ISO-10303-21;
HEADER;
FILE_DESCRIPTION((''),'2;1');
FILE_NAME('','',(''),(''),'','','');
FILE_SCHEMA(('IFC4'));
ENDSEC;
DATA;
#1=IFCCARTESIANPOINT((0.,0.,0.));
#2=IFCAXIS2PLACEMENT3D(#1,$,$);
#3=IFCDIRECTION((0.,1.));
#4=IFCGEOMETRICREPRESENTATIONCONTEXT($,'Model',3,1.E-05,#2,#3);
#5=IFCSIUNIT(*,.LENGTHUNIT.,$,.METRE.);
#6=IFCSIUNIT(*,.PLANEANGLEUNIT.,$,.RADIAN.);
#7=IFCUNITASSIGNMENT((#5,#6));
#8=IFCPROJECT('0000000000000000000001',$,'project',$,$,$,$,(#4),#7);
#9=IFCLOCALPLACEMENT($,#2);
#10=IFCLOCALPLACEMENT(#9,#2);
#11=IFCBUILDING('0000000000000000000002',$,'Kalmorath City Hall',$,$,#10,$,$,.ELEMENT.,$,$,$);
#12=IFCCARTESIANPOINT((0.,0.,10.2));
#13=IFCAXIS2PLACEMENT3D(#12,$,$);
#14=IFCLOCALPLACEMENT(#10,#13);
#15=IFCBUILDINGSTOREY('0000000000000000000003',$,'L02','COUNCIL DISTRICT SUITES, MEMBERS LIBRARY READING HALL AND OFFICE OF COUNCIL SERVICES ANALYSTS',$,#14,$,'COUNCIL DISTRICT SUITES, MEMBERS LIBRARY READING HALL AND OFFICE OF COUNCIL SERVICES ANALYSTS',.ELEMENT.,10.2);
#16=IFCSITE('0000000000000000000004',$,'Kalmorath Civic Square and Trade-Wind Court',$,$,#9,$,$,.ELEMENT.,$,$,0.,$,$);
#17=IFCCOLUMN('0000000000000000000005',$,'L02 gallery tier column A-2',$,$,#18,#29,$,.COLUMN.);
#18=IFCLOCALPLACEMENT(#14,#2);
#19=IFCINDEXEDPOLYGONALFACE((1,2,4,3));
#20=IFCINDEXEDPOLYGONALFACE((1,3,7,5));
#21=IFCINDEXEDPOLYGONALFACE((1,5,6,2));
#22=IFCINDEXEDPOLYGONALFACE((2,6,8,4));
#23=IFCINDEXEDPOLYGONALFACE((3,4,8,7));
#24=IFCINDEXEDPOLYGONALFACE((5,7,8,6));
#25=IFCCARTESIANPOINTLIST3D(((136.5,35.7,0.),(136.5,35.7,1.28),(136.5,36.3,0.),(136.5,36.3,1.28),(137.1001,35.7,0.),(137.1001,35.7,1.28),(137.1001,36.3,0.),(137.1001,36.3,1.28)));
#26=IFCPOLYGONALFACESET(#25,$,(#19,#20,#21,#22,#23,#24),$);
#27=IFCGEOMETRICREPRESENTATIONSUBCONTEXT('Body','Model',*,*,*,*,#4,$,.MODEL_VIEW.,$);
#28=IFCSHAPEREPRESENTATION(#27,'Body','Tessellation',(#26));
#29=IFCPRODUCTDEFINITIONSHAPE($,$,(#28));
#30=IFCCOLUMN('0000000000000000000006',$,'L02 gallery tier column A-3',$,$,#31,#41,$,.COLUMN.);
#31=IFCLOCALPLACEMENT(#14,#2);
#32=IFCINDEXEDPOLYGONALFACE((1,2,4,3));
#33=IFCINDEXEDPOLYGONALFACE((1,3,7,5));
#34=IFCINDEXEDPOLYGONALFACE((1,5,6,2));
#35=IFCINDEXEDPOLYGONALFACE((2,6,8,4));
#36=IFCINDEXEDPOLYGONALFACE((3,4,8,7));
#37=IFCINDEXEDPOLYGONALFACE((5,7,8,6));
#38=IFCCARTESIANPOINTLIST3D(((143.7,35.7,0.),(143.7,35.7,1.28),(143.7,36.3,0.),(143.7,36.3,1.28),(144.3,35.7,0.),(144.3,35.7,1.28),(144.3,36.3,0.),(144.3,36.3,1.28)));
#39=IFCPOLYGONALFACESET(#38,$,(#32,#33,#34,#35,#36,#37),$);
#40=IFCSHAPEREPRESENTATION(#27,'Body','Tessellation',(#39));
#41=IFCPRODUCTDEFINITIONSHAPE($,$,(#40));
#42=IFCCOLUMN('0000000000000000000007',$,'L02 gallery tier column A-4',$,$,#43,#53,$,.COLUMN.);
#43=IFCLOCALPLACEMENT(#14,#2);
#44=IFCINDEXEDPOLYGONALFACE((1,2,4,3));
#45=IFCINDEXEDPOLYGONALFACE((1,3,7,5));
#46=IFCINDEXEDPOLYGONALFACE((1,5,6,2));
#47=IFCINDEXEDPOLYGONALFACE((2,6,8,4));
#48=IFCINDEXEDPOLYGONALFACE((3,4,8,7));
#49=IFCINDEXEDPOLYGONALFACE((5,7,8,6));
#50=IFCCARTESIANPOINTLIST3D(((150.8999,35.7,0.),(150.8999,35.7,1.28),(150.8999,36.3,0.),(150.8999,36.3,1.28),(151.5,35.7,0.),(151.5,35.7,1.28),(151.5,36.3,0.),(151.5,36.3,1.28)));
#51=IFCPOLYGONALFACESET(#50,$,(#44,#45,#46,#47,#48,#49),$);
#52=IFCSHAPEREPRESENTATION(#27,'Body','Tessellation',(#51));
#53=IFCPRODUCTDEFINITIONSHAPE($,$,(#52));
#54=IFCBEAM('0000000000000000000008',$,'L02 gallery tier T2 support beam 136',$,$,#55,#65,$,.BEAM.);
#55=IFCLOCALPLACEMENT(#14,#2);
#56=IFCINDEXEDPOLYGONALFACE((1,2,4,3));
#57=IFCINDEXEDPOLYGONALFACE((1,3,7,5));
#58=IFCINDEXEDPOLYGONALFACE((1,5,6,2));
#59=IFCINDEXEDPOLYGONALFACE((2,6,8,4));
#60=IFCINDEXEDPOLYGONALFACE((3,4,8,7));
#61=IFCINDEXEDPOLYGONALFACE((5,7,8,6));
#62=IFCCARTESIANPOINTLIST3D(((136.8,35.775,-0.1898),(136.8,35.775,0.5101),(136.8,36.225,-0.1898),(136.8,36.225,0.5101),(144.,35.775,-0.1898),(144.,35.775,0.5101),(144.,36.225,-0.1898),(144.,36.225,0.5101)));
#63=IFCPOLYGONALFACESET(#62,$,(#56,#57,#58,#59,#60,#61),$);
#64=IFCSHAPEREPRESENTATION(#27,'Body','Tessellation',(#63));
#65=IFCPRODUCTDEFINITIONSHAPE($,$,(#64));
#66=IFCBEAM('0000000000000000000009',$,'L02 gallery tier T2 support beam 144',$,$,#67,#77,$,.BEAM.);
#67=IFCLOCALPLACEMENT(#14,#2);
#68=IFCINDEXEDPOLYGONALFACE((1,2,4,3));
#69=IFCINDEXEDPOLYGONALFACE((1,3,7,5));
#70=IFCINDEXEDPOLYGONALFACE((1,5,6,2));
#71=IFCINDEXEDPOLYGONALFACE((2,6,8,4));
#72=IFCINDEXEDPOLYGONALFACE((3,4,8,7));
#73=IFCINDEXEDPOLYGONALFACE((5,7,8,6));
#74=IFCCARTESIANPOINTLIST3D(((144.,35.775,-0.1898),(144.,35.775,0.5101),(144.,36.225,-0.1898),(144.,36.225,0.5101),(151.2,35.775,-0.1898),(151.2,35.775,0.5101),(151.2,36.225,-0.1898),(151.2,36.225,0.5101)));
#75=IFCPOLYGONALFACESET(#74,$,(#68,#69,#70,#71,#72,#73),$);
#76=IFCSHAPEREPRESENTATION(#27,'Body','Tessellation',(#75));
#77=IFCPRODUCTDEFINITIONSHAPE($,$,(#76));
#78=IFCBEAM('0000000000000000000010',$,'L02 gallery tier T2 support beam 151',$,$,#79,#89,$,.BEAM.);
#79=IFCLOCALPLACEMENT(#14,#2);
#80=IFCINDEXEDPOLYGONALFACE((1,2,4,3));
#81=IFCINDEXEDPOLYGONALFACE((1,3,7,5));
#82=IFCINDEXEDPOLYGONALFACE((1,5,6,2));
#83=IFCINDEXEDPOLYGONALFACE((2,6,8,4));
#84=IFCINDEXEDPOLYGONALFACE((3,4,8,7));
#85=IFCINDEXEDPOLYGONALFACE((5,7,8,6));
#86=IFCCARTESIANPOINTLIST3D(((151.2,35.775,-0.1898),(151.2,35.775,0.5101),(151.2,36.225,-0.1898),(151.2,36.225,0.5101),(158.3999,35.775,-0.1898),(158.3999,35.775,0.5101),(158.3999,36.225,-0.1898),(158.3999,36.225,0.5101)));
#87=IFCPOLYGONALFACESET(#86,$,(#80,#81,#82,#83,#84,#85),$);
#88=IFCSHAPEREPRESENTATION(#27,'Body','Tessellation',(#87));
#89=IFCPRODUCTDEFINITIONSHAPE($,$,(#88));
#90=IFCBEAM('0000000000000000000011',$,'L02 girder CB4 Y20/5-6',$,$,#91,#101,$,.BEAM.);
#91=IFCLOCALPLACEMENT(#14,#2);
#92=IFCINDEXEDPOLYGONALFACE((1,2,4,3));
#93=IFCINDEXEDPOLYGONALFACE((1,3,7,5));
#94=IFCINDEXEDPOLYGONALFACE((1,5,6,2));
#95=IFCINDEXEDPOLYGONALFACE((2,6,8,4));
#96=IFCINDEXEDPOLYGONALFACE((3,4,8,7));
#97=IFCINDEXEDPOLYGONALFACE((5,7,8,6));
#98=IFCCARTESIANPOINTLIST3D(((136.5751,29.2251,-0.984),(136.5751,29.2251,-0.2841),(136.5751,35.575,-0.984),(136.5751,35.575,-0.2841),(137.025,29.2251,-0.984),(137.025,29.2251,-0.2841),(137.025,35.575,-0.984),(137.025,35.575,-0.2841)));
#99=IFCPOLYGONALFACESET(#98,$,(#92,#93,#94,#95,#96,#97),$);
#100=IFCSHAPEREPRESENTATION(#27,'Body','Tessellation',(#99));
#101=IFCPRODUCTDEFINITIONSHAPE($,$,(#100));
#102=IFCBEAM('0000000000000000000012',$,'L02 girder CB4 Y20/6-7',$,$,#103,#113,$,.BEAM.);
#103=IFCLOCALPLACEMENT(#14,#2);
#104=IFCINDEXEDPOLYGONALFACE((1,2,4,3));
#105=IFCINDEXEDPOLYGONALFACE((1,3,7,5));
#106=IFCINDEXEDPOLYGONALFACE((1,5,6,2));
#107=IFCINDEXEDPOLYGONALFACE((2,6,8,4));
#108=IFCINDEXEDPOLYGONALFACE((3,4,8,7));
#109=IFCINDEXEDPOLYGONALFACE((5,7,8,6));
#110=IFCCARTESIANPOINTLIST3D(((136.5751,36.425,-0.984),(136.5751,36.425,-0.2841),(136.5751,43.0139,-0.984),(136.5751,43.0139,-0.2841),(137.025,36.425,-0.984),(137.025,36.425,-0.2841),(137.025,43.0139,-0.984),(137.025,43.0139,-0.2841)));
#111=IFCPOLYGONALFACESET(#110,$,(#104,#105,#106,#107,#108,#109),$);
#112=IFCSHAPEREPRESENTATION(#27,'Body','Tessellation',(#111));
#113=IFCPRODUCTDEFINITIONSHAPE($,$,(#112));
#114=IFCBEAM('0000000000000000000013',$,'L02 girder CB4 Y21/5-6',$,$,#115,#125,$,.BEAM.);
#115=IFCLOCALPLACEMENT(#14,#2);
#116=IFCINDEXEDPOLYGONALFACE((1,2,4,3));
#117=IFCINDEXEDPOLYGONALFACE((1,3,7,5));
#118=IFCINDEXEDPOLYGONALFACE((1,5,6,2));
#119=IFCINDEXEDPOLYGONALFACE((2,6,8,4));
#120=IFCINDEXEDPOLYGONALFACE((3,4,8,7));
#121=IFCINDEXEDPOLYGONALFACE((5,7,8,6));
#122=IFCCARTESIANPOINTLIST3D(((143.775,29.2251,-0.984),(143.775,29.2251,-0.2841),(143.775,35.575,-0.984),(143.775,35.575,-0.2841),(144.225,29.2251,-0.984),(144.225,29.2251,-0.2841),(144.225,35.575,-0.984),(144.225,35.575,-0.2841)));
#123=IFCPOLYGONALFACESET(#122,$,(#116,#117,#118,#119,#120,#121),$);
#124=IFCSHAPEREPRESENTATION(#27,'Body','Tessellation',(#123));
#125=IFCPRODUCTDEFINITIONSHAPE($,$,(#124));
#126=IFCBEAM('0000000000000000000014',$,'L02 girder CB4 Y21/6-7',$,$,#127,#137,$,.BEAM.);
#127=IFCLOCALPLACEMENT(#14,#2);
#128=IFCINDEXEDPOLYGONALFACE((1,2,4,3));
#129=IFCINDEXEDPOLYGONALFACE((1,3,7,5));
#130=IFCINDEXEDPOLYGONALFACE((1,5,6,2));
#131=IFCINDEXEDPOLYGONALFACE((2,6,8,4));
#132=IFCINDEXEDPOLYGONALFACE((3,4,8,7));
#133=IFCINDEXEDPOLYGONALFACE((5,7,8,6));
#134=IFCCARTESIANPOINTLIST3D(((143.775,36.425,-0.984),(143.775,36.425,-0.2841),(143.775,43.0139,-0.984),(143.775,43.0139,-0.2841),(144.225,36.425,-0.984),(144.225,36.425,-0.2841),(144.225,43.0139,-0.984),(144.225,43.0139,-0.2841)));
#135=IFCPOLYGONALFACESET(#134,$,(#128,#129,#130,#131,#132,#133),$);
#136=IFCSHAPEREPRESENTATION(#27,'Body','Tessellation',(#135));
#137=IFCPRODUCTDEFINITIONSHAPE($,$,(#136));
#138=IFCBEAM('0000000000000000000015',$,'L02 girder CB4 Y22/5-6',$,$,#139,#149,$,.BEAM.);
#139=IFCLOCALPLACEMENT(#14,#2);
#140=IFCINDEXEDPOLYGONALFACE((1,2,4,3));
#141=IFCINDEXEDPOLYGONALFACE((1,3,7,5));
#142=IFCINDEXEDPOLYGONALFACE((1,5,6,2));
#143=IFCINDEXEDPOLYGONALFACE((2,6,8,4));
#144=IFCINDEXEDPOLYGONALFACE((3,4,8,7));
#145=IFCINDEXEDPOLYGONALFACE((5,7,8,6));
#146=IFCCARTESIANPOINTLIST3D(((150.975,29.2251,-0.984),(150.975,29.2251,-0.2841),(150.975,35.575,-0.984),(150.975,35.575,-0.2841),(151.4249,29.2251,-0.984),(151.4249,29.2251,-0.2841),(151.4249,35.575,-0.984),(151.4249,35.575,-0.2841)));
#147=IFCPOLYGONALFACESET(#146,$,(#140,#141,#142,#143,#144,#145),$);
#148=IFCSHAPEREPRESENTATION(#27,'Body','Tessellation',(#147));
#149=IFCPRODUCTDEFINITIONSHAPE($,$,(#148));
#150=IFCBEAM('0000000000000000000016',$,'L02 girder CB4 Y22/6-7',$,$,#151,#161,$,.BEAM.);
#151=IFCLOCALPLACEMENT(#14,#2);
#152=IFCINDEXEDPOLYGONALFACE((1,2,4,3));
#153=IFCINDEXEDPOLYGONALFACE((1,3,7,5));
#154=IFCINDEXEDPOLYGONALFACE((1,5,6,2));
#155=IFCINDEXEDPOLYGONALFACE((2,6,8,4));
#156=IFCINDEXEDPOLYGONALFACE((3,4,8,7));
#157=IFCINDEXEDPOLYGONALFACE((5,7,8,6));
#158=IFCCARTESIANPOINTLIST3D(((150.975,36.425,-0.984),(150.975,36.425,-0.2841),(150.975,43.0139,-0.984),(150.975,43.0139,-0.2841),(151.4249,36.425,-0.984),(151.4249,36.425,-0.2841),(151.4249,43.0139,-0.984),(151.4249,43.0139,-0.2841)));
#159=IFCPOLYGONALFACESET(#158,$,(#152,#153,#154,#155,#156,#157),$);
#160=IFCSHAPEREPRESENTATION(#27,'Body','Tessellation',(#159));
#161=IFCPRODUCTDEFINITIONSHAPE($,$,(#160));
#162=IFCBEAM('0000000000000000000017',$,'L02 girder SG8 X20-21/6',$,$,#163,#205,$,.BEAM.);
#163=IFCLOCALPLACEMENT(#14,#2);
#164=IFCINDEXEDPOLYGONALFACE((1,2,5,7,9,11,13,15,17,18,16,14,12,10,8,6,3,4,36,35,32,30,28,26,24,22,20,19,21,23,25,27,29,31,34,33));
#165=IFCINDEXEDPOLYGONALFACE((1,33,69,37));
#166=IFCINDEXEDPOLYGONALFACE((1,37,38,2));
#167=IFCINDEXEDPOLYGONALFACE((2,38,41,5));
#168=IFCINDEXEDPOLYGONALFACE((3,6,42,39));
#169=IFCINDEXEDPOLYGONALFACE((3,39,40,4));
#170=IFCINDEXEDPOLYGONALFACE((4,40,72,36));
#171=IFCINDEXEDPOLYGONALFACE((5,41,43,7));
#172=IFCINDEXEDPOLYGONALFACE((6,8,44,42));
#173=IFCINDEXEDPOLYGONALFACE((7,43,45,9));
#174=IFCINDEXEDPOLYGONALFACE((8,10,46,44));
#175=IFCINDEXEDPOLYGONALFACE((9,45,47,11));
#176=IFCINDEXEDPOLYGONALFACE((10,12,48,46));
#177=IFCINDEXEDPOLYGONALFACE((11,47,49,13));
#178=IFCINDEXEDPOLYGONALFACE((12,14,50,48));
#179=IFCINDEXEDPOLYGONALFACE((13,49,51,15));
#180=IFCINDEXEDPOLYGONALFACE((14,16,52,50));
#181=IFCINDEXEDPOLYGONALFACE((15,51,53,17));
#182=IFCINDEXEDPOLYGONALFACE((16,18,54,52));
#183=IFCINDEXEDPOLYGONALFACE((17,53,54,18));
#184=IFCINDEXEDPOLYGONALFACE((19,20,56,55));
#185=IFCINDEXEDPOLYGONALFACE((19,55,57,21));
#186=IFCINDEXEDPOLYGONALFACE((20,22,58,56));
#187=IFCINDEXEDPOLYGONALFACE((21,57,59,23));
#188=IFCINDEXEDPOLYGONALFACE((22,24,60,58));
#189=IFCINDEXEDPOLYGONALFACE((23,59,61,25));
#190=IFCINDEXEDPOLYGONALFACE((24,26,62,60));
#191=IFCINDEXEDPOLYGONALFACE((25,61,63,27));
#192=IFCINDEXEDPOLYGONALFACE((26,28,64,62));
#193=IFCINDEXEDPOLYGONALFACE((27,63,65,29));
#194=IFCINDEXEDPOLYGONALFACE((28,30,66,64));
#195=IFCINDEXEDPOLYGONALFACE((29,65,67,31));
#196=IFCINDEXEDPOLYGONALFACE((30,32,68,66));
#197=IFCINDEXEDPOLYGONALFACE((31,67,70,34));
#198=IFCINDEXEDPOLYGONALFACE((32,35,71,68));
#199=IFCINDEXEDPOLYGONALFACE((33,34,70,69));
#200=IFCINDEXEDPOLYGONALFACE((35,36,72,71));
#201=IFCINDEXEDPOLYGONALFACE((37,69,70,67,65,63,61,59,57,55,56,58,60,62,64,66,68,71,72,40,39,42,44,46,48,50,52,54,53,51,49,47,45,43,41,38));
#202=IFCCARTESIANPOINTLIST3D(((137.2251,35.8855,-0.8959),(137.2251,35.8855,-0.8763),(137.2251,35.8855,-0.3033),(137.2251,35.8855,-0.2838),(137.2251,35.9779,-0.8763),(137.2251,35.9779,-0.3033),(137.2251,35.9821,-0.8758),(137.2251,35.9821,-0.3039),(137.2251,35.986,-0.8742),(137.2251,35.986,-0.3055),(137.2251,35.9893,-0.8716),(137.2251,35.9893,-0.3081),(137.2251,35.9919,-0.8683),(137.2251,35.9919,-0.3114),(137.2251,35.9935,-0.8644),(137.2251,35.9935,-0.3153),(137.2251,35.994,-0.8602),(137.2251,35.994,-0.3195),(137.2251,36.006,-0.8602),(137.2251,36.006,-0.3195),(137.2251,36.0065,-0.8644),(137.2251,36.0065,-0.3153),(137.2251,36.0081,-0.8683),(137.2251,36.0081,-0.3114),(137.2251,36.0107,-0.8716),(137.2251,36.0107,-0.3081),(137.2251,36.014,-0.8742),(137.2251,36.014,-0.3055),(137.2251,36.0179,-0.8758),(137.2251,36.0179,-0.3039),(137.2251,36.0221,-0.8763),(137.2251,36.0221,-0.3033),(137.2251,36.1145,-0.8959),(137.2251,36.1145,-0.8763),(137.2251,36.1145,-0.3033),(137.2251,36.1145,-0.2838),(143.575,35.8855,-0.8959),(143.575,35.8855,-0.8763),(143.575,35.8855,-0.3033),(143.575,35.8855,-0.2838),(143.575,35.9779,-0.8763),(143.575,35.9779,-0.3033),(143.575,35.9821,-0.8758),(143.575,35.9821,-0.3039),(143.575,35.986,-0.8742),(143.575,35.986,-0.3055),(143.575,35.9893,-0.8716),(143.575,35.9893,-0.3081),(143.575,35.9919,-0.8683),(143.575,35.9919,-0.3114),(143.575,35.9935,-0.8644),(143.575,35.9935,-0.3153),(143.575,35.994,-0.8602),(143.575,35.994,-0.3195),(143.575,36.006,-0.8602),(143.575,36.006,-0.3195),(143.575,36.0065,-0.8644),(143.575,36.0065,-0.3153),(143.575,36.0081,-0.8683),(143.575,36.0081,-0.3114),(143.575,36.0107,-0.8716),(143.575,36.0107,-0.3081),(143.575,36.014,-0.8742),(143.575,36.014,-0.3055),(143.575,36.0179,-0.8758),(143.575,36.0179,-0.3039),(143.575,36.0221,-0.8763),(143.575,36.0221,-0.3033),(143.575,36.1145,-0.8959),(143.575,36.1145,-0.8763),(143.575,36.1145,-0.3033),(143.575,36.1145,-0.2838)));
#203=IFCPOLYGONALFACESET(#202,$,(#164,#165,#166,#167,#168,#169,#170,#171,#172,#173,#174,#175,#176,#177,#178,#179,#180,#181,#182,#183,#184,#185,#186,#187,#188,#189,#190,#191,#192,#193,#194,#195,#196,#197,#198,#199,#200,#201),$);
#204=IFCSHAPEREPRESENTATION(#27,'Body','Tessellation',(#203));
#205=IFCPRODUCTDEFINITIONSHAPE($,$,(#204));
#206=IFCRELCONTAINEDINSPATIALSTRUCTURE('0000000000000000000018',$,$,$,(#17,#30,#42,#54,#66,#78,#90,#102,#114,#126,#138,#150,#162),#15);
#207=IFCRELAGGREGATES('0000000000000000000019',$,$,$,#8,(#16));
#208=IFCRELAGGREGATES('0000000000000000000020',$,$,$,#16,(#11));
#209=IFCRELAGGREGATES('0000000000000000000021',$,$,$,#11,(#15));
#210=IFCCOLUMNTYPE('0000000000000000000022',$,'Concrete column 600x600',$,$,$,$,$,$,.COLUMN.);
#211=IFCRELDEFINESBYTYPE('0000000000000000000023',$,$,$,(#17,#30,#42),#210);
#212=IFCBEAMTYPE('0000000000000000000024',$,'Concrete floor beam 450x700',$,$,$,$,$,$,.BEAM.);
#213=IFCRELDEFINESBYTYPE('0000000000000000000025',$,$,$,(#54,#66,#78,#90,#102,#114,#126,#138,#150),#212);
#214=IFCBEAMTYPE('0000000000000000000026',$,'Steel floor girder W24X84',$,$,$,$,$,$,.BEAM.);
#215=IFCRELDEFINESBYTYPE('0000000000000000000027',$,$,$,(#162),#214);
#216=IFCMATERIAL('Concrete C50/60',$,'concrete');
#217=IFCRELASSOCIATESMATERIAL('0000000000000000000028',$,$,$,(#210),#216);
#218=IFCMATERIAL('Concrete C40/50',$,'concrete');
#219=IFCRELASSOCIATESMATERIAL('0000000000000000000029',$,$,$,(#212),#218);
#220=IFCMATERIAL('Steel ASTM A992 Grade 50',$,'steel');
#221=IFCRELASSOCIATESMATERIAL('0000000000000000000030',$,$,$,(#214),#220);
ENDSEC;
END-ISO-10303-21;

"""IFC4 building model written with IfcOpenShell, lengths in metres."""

from ifc_helpers import new_model, si_unit, direction, frame, origin, origin_2d, place, context, subcontext, project, spatial, rectangle, i_section, extrude, material, material_profile, profile_set, type_object, element, save


model = new_model("IFC4")

# Units and contexts
model_context = context("Model", 3, precision=1e-05, world=origin(), true_north=direction((0.0, 1.0)))
body_context = subcontext(model_context, "Body", "Model", "MODEL_VIEW")
ifc_project = project(units=[si_unit("LENGTHUNIT", "METRE"), si_unit("PLANEANGLEUNIT", "RADIAN")], contexts=[model_context])

# Site, building, storey
site_placement = place(None, origin())
site = spatial("IfcSite", under=ifc_project, at=site_placement, Name="Kalmorath Civic Square and Trade-Wind Court", CompositionType="ELEMENT", RefElevation=0.0)
building_placement = place(site_placement, origin())
building = spatial("IfcBuilding", under=site, at=building_placement, Name="Kalmorath City Hall", CompositionType="ELEMENT")
storey_placement = place(building_placement, frame((0.0, 0.0, 10.2)))
storey = spatial("IfcBuildingStorey", under=building, at=storey_placement, Name="L02", Description="COUNCIL DISTRICT SUITES, MEMBERS LIBRARY READING HALL AND OFFICE OF COUNCIL SERVICES ANALYSTS", LongName="COUNCIL DISTRICT SUITES, MEMBERS LIBRARY READING HALL AND OFFICE OF COUNCIL SERVICES ANALYSTS", CompositionType="ELEMENT", Elevation=10.2)

# Columns
ifc_material_1 = material(Name="Concrete C50/60", Category="concrete")
ifc_material_profile_1 = material_profile(ifc_material_1, rectangle(XDim=0.6001, YDim=0.6001, at=origin_2d()), Name="RC-COL-600X600")
ifc_profile_set_1 = profile_set([ifc_material_profile_1], Name="Concrete C50/60")
column_type = type_object("IfcColumnType", Name="Concrete column 600x600", PredefinedType="COLUMN", material=ifc_profile_set_1)
for number, where, z_axis, x_axis, name in (
    (1, (136.8, 36.0, 0.0), (0.0, 0.0, 1.0), (1.0, 0.0, 0.0), "L02 gallery tier column A-2"),
    (2, (144.0, 36.0, 0.0), (0.0, 0.0, 1.0), (1.0, 0.0, 0.0), "L02 gallery tier column A-3"),
    (3, (151.2, 36.0, 0.0), (0.0, 0.0, 1.0), (1.0, 0.0, 0.0), "L02 gallery tier column A-4"),
):
    element("IfcColumn", number, at=place(storey_placement, frame(where, z_axis=z_axis, x_axis=x_axis)), inside=storey, type_object=column_type, Name=name, PredefinedType="COLUMN", context=body_context, shape_type="SweptSolid", body=[
        extrude(rectangle(XDim=0.6001, YDim=0.6001, at=origin_2d()), origin(), (0.0, 0.0, 1.0), 1.28),
    ])

# Beams
ifc_material_2 = material(Name="Concrete C40/50", Category="concrete")
ifc_material_profile_2 = material_profile(ifc_material_2, rectangle(XDim=0.45, YDim=0.7, at=origin_2d()), Name="RC-BM-450X700")
ifc_profile_set_2 = profile_set([ifc_material_profile_2], Name="Concrete C40/50")
beam_type_1 = type_object("IfcBeamType", Name="Concrete floor beam 450x700", PredefinedType="BEAM", material=ifc_profile_set_2)
for number, where, z_axis, x_axis, name in (
    (4, (136.8, 36.0, 0.1602), (1.0, 0.0, 0.0), (0.0, 1.0, 0.0), "L02 gallery tier T2 support beam 136"),
    (5, (144.0, 36.0, 0.1602), (1.0, 0.0, 0.0), (0.0, 1.0, 0.0), "L02 gallery tier T2 support beam 144"),
    (6, (151.2, 36.0, 0.1602), (1.0, 0.0, 0.0), (0.0, 1.0, 0.0), "L02 gallery tier T2 support beam 151"),
):
    element("IfcBeam", number, at=place(storey_placement, frame(where, z_axis=z_axis, x_axis=x_axis)), inside=storey, type_object=beam_type_1, Name=name, PredefinedType="BEAM", context=body_context, shape_type="SweptSolid", body=[
        extrude(rectangle(XDim=0.45, YDim=0.7, at=origin_2d()), origin(), (0.0, 0.0, 1.0), 7.2),
    ])
beam_1_placement = place(storey_placement, frame((136.8, 29.2251, -0.634), z_axis=(0.0, 1.0, 0.0), x_axis=(-1.0, 0.0, 0.0)))
element("IfcBeam", 7, at=beam_1_placement, inside=storey, type_object=beam_type_1, Name="L02 girder CB4 Y20/5-6", PredefinedType="BEAM", context=body_context, shape_type="SweptSolid", body=[
    extrude(rectangle(XDim=0.45, YDim=0.7, at=origin_2d()), origin(), (0.0, 0.0, 1.0), 6.3499),
])
beam_2_placement = place(storey_placement, frame((136.8, 36.425, -0.634), z_axis=(0.0, 1.0, 0.0), x_axis=(-1.0, 0.0, 0.0)))
element("IfcBeam", 8, at=beam_2_placement, inside=storey, type_object=beam_type_1, Name="L02 girder CB4 Y20/6-7", PredefinedType="BEAM", context=body_context, shape_type="SweptSolid", body=[
    extrude(rectangle(XDim=0.45, YDim=0.7, at=origin_2d()), origin(), (0.0, 0.0, 1.0), 6.5889),
])
beam_3_placement = place(storey_placement, frame((144.0, 29.2251, -0.634), z_axis=(0.0, 1.0, 0.0), x_axis=(-1.0, 0.0, 0.0)))
element("IfcBeam", 9, at=beam_3_placement, inside=storey, type_object=beam_type_1, Name="L02 girder CB4 Y21/5-6", PredefinedType="BEAM", context=body_context, shape_type="SweptSolid", body=[
    extrude(rectangle(XDim=0.45, YDim=0.7, at=origin_2d()), origin(), (0.0, 0.0, 1.0), 6.3499),
])
beam_4_placement = place(storey_placement, frame((144.0, 36.425, -0.634), z_axis=(0.0, 1.0, 0.0), x_axis=(-1.0, 0.0, 0.0)))
element("IfcBeam", 10, at=beam_4_placement, inside=storey, type_object=beam_type_1, Name="L02 girder CB4 Y21/6-7", PredefinedType="BEAM", context=body_context, shape_type="SweptSolid", body=[
    extrude(rectangle(XDim=0.45, YDim=0.7, at=origin_2d()), origin(), (0.0, 0.0, 1.0), 6.5889),
])
beam_5_placement = place(storey_placement, frame((151.2, 29.2251, -0.634), z_axis=(0.0, 1.0, 0.0), x_axis=(-1.0, 0.0, 0.0)))
element("IfcBeam", 11, at=beam_5_placement, inside=storey, type_object=beam_type_1, Name="L02 girder CB4 Y22/5-6", PredefinedType="BEAM", context=body_context, shape_type="SweptSolid", body=[
    extrude(rectangle(XDim=0.45, YDim=0.7, at=origin_2d()), origin(), (0.0, 0.0, 1.0), 6.3499),
])
beam_6_placement = place(storey_placement, frame((151.2, 36.425, -0.634), z_axis=(0.0, 1.0, 0.0), x_axis=(-1.0, 0.0, 0.0)))
element("IfcBeam", 12, at=beam_6_placement, inside=storey, type_object=beam_type_1, Name="L02 girder CB4 Y22/6-7", PredefinedType="BEAM", context=body_context, shape_type="SweptSolid", body=[
    extrude(rectangle(XDim=0.45, YDim=0.7, at=origin_2d()), origin(), (0.0, 0.0, 1.0), 6.5889),
])
ifc_material_3 = material(Name="Steel ASTM A992 Grade 50", Category="steel")
ifc_material_profile_3 = material_profile(ifc_material_3, i_section(OverallWidth=0.229, OverallDepth=0.6121, WebThickness=0.012, FlangeThickness=0.0195, FilletRadius=0.0161, at=origin_2d()), Name="W24X84")
ifc_profile_set_3 = profile_set([ifc_material_profile_3], Name="Steel ASTM A992 Grade 50")
beam_type_2 = type_object("IfcBeamType", Name="Steel floor girder W24X84", PredefinedType="BEAM", material=ifc_profile_set_3)
for number, where, z_axis, x_axis, name in (
    (13, (137.2251, 36.0, -0.5898), (1.0, 0.0, 0.0), (0.0, 1.0, 0.0), "L02 girder SG8 X20-21/6"),
):
    element("IfcBeam", number, at=place(storey_placement, frame(where, z_axis=z_axis, x_axis=x_axis)), inside=storey, type_object=beam_type_2, Name=name, PredefinedType="BEAM", context=body_context, shape_type="SweptSolid", body=[
        extrude(i_section(OverallWidth=0.229, OverallDepth=0.6121, WebThickness=0.012, FlangeThickness=0.0195, FilletRadius=0.0161, at=origin_2d()), origin(), (0.0, 0.0, 1.0), 6.3499),
    ])

save(model, "model.ifc")
